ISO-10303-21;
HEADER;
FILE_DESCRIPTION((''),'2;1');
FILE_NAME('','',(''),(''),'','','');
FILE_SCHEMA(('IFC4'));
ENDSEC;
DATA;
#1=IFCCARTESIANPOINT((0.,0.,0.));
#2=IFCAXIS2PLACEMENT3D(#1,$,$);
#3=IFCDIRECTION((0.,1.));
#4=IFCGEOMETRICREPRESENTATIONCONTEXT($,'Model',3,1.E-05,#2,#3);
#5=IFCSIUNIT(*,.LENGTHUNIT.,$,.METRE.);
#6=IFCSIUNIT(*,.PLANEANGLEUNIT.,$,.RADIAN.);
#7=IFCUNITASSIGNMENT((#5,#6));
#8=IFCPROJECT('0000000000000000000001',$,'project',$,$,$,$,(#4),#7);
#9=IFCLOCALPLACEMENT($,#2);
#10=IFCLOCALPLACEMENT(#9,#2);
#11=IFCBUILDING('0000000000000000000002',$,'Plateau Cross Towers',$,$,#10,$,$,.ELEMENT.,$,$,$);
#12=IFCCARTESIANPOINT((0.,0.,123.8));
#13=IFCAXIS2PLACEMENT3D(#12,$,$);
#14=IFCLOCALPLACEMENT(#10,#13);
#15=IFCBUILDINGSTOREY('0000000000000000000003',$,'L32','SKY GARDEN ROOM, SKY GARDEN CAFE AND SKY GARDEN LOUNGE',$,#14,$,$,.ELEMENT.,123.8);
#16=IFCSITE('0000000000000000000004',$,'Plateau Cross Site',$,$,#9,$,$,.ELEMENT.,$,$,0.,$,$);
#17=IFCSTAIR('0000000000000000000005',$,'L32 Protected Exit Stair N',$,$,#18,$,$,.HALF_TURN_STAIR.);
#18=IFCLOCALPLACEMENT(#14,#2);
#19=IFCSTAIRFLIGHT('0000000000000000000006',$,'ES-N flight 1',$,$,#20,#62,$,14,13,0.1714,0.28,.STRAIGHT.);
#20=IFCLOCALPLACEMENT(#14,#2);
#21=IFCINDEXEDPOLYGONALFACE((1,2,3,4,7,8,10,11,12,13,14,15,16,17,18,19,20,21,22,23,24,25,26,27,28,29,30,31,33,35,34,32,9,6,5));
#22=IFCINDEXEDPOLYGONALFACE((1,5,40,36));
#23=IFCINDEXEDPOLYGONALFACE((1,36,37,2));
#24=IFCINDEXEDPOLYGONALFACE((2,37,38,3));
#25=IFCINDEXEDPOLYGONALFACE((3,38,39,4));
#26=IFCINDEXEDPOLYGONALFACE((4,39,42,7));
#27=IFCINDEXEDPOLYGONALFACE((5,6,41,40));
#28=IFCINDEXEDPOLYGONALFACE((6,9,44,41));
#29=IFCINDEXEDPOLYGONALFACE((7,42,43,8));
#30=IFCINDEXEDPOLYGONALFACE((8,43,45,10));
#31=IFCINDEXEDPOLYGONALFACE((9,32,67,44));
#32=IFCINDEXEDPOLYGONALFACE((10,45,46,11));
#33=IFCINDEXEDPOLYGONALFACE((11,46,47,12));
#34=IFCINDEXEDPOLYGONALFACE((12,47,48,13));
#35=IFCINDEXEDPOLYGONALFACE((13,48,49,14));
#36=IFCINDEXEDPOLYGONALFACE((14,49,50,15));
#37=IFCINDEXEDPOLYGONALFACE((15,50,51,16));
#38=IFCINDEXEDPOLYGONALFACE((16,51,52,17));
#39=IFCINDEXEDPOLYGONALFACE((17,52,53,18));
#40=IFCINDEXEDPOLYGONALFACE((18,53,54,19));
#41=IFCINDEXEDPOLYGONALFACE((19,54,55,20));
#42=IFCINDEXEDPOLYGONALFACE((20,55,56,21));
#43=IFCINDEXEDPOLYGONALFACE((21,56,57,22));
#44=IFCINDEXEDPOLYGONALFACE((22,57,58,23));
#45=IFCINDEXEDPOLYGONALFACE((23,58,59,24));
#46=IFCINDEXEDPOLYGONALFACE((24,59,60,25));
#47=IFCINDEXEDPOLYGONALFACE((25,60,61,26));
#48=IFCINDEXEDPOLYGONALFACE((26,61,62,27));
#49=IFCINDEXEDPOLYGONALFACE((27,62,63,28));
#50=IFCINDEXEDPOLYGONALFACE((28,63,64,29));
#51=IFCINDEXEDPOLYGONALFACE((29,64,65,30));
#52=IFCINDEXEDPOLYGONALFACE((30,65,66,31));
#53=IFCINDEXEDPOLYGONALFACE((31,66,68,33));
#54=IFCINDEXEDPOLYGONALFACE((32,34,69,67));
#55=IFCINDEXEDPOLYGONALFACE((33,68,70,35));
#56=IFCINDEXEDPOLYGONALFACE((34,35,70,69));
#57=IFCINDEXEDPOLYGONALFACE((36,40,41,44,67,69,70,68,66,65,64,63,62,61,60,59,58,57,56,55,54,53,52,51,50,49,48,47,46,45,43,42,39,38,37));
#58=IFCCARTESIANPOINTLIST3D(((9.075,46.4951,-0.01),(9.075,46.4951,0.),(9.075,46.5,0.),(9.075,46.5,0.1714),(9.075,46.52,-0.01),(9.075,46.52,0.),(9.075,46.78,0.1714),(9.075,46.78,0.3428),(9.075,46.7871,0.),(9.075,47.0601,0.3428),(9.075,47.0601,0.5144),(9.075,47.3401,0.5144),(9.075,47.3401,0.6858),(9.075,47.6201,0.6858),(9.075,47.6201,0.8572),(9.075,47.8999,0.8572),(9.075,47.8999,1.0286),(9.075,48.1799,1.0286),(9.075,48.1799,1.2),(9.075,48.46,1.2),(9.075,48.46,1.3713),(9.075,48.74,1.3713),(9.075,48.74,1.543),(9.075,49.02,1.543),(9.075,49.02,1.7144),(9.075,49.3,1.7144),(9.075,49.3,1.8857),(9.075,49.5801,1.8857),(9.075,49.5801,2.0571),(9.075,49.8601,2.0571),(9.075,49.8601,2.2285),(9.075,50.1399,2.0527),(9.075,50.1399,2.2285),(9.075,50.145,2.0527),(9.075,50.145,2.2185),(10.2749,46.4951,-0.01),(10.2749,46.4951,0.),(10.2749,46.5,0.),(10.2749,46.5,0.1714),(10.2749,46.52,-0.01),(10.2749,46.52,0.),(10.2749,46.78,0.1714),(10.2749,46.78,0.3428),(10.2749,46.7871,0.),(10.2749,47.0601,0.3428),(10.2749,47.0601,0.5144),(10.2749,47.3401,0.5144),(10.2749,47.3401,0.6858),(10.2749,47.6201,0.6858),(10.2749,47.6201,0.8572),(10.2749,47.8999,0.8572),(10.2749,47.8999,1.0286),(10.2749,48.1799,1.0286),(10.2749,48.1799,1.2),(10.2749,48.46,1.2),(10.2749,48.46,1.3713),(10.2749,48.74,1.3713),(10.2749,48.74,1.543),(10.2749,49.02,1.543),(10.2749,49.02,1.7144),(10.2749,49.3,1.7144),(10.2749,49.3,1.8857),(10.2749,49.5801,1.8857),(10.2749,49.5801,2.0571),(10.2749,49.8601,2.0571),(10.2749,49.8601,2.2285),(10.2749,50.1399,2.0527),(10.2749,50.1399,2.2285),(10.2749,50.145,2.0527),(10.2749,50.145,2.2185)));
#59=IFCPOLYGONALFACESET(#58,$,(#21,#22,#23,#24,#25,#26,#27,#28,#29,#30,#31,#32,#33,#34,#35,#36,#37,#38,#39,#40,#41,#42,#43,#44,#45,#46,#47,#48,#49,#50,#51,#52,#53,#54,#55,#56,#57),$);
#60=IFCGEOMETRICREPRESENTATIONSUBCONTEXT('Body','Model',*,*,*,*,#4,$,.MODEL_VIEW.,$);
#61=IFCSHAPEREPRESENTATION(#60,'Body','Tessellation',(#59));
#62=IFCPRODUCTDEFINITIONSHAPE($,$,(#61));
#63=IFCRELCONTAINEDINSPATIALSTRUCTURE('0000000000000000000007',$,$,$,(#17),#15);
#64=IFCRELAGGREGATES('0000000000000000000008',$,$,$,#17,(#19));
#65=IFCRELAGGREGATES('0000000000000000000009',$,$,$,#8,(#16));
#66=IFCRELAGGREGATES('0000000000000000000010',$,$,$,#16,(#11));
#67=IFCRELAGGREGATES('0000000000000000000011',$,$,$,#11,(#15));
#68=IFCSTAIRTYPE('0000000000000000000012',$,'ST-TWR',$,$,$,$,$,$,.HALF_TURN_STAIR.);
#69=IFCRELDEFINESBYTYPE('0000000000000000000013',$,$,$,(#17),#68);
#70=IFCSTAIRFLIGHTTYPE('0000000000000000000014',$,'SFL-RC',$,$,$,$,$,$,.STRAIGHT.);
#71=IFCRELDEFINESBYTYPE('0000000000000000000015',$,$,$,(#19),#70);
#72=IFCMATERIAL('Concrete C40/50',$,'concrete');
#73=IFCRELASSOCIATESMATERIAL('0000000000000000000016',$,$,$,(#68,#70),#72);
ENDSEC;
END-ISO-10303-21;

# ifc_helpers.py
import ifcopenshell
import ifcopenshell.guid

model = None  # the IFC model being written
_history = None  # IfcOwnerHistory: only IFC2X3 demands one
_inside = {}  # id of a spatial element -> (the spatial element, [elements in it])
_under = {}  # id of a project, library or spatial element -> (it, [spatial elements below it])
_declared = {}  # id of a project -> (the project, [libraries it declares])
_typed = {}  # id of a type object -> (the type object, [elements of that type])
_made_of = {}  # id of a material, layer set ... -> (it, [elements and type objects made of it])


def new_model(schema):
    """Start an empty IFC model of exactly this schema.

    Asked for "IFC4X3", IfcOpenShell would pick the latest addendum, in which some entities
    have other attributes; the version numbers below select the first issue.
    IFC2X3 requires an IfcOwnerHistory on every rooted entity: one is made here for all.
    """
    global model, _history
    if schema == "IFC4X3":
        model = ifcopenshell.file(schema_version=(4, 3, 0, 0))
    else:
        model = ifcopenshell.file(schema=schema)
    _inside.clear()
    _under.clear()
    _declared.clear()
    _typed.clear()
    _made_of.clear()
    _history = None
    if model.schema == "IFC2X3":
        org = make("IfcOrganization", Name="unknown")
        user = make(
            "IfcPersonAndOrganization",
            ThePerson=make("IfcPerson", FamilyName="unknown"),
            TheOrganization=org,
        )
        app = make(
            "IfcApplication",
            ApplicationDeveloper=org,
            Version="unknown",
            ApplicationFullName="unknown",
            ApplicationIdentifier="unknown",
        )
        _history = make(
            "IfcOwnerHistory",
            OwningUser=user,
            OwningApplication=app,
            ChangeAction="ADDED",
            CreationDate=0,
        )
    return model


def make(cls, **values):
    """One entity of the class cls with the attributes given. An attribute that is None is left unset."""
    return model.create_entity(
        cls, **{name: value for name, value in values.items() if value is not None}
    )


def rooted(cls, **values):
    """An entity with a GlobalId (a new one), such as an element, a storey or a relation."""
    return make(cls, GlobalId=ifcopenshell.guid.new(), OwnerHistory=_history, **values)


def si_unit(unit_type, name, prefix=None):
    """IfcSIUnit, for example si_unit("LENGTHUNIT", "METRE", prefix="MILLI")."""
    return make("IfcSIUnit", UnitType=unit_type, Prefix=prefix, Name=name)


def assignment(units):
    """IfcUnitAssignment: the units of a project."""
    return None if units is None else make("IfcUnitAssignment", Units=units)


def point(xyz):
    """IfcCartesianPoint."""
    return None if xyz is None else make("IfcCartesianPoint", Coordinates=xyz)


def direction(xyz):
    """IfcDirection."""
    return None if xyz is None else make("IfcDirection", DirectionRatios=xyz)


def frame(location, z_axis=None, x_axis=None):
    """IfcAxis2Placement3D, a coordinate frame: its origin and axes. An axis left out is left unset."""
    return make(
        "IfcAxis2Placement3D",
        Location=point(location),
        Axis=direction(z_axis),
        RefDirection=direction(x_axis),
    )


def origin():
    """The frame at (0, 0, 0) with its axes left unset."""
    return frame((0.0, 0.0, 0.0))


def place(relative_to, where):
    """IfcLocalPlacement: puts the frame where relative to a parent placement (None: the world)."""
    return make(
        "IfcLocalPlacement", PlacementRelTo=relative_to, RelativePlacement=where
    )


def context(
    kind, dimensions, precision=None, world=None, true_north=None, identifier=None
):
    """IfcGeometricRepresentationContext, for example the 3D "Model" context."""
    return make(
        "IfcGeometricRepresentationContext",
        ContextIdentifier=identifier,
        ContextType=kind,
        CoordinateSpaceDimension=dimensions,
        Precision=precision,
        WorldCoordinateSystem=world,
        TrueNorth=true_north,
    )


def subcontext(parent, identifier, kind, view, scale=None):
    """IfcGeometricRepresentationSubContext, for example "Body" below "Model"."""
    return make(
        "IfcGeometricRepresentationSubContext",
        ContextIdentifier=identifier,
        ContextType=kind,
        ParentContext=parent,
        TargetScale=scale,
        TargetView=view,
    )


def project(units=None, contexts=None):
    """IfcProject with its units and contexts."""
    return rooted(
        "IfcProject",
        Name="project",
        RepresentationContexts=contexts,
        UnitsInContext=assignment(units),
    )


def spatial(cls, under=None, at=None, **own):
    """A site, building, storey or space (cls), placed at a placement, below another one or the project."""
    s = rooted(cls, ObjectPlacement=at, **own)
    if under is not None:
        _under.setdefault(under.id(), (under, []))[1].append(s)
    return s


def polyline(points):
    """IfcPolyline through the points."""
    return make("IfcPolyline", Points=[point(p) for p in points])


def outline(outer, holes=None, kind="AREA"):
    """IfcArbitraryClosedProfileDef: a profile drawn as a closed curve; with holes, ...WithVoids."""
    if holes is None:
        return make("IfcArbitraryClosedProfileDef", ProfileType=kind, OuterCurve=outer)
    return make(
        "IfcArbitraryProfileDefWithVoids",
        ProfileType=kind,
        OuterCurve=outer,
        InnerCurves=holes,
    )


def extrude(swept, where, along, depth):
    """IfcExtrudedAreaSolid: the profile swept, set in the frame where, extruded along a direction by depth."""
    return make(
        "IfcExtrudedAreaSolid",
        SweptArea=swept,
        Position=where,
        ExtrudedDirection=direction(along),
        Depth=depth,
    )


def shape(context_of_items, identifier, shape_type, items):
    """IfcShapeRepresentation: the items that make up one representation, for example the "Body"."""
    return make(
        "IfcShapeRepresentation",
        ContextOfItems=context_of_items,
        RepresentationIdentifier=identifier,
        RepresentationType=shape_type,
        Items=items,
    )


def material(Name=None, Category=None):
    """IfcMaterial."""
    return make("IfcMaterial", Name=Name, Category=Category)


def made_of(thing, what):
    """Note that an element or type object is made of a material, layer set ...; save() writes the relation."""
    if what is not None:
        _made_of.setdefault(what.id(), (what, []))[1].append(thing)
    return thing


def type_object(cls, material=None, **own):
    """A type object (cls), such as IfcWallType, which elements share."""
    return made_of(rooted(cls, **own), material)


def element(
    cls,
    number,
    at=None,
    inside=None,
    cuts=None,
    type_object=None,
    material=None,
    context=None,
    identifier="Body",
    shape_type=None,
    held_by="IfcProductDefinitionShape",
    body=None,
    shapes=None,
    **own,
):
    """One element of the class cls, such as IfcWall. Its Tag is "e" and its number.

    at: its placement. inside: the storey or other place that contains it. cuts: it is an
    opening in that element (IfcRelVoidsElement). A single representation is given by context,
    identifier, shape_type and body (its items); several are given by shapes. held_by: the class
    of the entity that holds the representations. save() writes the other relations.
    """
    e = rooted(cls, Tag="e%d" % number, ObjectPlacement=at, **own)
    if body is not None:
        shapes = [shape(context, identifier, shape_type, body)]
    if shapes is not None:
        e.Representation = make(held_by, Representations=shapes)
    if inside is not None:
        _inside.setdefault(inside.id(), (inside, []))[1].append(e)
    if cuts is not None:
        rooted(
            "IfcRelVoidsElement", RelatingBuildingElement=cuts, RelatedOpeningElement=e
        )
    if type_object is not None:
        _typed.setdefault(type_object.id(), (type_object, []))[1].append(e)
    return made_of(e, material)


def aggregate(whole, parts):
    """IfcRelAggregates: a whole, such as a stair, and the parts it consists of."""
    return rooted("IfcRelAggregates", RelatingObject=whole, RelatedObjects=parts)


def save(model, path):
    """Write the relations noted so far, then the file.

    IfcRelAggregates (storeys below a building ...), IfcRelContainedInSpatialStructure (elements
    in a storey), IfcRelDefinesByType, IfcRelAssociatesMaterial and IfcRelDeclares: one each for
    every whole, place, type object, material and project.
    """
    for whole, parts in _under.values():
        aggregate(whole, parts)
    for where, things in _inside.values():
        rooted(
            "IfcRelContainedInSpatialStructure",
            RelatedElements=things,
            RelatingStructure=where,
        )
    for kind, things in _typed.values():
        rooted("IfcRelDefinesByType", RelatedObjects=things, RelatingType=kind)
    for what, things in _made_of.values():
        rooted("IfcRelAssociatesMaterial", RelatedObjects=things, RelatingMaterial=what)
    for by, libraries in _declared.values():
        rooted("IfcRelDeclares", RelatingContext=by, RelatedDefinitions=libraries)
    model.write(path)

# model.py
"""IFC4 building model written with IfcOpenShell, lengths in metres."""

from ifc_helpers import new_model, si_unit, direction, frame, origin, place, context, subcontext, project, spatial, polyline, outline, extrude, material, type_object, element, aggregate, save


model = new_model("IFC4")

# Units and contexts
model_context = context("Model", 3, precision=1e-05, world=origin(), true_north=direction((0.0, 1.0)))
body_context = subcontext(model_context, "Body", "Model", "MODEL_VIEW")
ifc_project = project(units=[si_unit("LENGTHUNIT", "METRE"), si_unit("PLANEANGLEUNIT", "RADIAN")], contexts=[model_context])

# Site, building, storey
site_placement = place(None, origin())
site = spatial("IfcSite", under=ifc_project, at=site_placement, Name="Plateau Cross Site", CompositionType="ELEMENT", RefElevation=0.0)
building_placement = place(site_placement, origin())
building = spatial("IfcBuilding", under=site, at=building_placement, Name="Plateau Cross Towers", CompositionType="ELEMENT")
storey_placement = place(building_placement, frame((0.0, 0.0, 123.8)))
storey = spatial("IfcBuildingStorey", under=building, at=storey_placement, Name="L32", Description="SKY GARDEN ROOM, SKY GARDEN CAFE AND SKY GARDEN LOUNGE", CompositionType="ELEMENT", Elevation=123.8)

# Stair, stair flight
ifc_material_1 = material(Name="Concrete C40/50", Category="concrete")
stair_type = type_object("IfcStairType", Name="ST-TWR", PredefinedType="HALF_TURN_STAIR", material=ifc_material_1)
stair_placement = place(storey_placement, origin())
stair = element("IfcStair", 1, at=stair_placement, inside=storey, type_object=stair_type, Name="L32 Protected Exit Stair N", PredefinedType="HALF_TURN_STAIR")
stair_flight_type = type_object("IfcStairFlightType", Name="SFL-RC", PredefinedType="STRAIGHT", material=ifc_material_1)
stair_flight_placement = place(storey_placement, frame((9.675, 46.5, 0.0), z_axis=(0.0, 0.0, 1.0), x_axis=(0.0, 1.0, 0.0)))
stair_flight = element("IfcStairFlight", 2, at=stair_flight_placement, type_object=stair_flight_type, Name="ES-N flight 1", NumberOfRisers=14, NumberOfTreads=13, PredefinedType="STRAIGHT", RiserHeight=0.1714, TreadLength=0.28, context=body_context, shape_type="SweptSolid", body=[
    extrude(outline(polyline([(-0.0049, -0.01), (-0.0049, 0.0), (0.0, 0.0), (0.0, 0.1714), (0.28, 0.1714), (0.28, 0.3428), (0.5601, 0.3428), (0.5601, 0.5144), (0.8401, 0.5144), (0.8401, 0.6858), (1.1201, 0.6858), (1.1201, 0.8572), (1.3999, 0.8572), (1.3999, 1.0286), (1.6799, 1.0286), (1.6799, 1.2), (1.96, 1.2), (1.96, 1.3713), (2.24, 1.3713), (2.24, 1.543), (2.52, 1.543), (2.52, 1.7144), (2.8, 1.7144), (2.8, 1.8857), (3.0801, 1.8857), (3.0801, 2.0571), (3.3601, 2.0571), (3.3601, 2.2285), (3.6399, 2.2285), (3.645, 2.2185), (3.645, 2.0527), (3.6399, 2.0527), (0.2871, 0.0), (0.02, 0.0), (0.02, -0.01), (-0.0049, -0.01)])), frame((0.0, 0.6001, 0.0), z_axis=(0.0, -1.0, 0.0), x_axis=(1.0, 0.0, 0.0)), (0.0, 0.0, 1.0), 1.2),
])
aggregate(stair, [stair_flight])

save(model, "model.ifc")
